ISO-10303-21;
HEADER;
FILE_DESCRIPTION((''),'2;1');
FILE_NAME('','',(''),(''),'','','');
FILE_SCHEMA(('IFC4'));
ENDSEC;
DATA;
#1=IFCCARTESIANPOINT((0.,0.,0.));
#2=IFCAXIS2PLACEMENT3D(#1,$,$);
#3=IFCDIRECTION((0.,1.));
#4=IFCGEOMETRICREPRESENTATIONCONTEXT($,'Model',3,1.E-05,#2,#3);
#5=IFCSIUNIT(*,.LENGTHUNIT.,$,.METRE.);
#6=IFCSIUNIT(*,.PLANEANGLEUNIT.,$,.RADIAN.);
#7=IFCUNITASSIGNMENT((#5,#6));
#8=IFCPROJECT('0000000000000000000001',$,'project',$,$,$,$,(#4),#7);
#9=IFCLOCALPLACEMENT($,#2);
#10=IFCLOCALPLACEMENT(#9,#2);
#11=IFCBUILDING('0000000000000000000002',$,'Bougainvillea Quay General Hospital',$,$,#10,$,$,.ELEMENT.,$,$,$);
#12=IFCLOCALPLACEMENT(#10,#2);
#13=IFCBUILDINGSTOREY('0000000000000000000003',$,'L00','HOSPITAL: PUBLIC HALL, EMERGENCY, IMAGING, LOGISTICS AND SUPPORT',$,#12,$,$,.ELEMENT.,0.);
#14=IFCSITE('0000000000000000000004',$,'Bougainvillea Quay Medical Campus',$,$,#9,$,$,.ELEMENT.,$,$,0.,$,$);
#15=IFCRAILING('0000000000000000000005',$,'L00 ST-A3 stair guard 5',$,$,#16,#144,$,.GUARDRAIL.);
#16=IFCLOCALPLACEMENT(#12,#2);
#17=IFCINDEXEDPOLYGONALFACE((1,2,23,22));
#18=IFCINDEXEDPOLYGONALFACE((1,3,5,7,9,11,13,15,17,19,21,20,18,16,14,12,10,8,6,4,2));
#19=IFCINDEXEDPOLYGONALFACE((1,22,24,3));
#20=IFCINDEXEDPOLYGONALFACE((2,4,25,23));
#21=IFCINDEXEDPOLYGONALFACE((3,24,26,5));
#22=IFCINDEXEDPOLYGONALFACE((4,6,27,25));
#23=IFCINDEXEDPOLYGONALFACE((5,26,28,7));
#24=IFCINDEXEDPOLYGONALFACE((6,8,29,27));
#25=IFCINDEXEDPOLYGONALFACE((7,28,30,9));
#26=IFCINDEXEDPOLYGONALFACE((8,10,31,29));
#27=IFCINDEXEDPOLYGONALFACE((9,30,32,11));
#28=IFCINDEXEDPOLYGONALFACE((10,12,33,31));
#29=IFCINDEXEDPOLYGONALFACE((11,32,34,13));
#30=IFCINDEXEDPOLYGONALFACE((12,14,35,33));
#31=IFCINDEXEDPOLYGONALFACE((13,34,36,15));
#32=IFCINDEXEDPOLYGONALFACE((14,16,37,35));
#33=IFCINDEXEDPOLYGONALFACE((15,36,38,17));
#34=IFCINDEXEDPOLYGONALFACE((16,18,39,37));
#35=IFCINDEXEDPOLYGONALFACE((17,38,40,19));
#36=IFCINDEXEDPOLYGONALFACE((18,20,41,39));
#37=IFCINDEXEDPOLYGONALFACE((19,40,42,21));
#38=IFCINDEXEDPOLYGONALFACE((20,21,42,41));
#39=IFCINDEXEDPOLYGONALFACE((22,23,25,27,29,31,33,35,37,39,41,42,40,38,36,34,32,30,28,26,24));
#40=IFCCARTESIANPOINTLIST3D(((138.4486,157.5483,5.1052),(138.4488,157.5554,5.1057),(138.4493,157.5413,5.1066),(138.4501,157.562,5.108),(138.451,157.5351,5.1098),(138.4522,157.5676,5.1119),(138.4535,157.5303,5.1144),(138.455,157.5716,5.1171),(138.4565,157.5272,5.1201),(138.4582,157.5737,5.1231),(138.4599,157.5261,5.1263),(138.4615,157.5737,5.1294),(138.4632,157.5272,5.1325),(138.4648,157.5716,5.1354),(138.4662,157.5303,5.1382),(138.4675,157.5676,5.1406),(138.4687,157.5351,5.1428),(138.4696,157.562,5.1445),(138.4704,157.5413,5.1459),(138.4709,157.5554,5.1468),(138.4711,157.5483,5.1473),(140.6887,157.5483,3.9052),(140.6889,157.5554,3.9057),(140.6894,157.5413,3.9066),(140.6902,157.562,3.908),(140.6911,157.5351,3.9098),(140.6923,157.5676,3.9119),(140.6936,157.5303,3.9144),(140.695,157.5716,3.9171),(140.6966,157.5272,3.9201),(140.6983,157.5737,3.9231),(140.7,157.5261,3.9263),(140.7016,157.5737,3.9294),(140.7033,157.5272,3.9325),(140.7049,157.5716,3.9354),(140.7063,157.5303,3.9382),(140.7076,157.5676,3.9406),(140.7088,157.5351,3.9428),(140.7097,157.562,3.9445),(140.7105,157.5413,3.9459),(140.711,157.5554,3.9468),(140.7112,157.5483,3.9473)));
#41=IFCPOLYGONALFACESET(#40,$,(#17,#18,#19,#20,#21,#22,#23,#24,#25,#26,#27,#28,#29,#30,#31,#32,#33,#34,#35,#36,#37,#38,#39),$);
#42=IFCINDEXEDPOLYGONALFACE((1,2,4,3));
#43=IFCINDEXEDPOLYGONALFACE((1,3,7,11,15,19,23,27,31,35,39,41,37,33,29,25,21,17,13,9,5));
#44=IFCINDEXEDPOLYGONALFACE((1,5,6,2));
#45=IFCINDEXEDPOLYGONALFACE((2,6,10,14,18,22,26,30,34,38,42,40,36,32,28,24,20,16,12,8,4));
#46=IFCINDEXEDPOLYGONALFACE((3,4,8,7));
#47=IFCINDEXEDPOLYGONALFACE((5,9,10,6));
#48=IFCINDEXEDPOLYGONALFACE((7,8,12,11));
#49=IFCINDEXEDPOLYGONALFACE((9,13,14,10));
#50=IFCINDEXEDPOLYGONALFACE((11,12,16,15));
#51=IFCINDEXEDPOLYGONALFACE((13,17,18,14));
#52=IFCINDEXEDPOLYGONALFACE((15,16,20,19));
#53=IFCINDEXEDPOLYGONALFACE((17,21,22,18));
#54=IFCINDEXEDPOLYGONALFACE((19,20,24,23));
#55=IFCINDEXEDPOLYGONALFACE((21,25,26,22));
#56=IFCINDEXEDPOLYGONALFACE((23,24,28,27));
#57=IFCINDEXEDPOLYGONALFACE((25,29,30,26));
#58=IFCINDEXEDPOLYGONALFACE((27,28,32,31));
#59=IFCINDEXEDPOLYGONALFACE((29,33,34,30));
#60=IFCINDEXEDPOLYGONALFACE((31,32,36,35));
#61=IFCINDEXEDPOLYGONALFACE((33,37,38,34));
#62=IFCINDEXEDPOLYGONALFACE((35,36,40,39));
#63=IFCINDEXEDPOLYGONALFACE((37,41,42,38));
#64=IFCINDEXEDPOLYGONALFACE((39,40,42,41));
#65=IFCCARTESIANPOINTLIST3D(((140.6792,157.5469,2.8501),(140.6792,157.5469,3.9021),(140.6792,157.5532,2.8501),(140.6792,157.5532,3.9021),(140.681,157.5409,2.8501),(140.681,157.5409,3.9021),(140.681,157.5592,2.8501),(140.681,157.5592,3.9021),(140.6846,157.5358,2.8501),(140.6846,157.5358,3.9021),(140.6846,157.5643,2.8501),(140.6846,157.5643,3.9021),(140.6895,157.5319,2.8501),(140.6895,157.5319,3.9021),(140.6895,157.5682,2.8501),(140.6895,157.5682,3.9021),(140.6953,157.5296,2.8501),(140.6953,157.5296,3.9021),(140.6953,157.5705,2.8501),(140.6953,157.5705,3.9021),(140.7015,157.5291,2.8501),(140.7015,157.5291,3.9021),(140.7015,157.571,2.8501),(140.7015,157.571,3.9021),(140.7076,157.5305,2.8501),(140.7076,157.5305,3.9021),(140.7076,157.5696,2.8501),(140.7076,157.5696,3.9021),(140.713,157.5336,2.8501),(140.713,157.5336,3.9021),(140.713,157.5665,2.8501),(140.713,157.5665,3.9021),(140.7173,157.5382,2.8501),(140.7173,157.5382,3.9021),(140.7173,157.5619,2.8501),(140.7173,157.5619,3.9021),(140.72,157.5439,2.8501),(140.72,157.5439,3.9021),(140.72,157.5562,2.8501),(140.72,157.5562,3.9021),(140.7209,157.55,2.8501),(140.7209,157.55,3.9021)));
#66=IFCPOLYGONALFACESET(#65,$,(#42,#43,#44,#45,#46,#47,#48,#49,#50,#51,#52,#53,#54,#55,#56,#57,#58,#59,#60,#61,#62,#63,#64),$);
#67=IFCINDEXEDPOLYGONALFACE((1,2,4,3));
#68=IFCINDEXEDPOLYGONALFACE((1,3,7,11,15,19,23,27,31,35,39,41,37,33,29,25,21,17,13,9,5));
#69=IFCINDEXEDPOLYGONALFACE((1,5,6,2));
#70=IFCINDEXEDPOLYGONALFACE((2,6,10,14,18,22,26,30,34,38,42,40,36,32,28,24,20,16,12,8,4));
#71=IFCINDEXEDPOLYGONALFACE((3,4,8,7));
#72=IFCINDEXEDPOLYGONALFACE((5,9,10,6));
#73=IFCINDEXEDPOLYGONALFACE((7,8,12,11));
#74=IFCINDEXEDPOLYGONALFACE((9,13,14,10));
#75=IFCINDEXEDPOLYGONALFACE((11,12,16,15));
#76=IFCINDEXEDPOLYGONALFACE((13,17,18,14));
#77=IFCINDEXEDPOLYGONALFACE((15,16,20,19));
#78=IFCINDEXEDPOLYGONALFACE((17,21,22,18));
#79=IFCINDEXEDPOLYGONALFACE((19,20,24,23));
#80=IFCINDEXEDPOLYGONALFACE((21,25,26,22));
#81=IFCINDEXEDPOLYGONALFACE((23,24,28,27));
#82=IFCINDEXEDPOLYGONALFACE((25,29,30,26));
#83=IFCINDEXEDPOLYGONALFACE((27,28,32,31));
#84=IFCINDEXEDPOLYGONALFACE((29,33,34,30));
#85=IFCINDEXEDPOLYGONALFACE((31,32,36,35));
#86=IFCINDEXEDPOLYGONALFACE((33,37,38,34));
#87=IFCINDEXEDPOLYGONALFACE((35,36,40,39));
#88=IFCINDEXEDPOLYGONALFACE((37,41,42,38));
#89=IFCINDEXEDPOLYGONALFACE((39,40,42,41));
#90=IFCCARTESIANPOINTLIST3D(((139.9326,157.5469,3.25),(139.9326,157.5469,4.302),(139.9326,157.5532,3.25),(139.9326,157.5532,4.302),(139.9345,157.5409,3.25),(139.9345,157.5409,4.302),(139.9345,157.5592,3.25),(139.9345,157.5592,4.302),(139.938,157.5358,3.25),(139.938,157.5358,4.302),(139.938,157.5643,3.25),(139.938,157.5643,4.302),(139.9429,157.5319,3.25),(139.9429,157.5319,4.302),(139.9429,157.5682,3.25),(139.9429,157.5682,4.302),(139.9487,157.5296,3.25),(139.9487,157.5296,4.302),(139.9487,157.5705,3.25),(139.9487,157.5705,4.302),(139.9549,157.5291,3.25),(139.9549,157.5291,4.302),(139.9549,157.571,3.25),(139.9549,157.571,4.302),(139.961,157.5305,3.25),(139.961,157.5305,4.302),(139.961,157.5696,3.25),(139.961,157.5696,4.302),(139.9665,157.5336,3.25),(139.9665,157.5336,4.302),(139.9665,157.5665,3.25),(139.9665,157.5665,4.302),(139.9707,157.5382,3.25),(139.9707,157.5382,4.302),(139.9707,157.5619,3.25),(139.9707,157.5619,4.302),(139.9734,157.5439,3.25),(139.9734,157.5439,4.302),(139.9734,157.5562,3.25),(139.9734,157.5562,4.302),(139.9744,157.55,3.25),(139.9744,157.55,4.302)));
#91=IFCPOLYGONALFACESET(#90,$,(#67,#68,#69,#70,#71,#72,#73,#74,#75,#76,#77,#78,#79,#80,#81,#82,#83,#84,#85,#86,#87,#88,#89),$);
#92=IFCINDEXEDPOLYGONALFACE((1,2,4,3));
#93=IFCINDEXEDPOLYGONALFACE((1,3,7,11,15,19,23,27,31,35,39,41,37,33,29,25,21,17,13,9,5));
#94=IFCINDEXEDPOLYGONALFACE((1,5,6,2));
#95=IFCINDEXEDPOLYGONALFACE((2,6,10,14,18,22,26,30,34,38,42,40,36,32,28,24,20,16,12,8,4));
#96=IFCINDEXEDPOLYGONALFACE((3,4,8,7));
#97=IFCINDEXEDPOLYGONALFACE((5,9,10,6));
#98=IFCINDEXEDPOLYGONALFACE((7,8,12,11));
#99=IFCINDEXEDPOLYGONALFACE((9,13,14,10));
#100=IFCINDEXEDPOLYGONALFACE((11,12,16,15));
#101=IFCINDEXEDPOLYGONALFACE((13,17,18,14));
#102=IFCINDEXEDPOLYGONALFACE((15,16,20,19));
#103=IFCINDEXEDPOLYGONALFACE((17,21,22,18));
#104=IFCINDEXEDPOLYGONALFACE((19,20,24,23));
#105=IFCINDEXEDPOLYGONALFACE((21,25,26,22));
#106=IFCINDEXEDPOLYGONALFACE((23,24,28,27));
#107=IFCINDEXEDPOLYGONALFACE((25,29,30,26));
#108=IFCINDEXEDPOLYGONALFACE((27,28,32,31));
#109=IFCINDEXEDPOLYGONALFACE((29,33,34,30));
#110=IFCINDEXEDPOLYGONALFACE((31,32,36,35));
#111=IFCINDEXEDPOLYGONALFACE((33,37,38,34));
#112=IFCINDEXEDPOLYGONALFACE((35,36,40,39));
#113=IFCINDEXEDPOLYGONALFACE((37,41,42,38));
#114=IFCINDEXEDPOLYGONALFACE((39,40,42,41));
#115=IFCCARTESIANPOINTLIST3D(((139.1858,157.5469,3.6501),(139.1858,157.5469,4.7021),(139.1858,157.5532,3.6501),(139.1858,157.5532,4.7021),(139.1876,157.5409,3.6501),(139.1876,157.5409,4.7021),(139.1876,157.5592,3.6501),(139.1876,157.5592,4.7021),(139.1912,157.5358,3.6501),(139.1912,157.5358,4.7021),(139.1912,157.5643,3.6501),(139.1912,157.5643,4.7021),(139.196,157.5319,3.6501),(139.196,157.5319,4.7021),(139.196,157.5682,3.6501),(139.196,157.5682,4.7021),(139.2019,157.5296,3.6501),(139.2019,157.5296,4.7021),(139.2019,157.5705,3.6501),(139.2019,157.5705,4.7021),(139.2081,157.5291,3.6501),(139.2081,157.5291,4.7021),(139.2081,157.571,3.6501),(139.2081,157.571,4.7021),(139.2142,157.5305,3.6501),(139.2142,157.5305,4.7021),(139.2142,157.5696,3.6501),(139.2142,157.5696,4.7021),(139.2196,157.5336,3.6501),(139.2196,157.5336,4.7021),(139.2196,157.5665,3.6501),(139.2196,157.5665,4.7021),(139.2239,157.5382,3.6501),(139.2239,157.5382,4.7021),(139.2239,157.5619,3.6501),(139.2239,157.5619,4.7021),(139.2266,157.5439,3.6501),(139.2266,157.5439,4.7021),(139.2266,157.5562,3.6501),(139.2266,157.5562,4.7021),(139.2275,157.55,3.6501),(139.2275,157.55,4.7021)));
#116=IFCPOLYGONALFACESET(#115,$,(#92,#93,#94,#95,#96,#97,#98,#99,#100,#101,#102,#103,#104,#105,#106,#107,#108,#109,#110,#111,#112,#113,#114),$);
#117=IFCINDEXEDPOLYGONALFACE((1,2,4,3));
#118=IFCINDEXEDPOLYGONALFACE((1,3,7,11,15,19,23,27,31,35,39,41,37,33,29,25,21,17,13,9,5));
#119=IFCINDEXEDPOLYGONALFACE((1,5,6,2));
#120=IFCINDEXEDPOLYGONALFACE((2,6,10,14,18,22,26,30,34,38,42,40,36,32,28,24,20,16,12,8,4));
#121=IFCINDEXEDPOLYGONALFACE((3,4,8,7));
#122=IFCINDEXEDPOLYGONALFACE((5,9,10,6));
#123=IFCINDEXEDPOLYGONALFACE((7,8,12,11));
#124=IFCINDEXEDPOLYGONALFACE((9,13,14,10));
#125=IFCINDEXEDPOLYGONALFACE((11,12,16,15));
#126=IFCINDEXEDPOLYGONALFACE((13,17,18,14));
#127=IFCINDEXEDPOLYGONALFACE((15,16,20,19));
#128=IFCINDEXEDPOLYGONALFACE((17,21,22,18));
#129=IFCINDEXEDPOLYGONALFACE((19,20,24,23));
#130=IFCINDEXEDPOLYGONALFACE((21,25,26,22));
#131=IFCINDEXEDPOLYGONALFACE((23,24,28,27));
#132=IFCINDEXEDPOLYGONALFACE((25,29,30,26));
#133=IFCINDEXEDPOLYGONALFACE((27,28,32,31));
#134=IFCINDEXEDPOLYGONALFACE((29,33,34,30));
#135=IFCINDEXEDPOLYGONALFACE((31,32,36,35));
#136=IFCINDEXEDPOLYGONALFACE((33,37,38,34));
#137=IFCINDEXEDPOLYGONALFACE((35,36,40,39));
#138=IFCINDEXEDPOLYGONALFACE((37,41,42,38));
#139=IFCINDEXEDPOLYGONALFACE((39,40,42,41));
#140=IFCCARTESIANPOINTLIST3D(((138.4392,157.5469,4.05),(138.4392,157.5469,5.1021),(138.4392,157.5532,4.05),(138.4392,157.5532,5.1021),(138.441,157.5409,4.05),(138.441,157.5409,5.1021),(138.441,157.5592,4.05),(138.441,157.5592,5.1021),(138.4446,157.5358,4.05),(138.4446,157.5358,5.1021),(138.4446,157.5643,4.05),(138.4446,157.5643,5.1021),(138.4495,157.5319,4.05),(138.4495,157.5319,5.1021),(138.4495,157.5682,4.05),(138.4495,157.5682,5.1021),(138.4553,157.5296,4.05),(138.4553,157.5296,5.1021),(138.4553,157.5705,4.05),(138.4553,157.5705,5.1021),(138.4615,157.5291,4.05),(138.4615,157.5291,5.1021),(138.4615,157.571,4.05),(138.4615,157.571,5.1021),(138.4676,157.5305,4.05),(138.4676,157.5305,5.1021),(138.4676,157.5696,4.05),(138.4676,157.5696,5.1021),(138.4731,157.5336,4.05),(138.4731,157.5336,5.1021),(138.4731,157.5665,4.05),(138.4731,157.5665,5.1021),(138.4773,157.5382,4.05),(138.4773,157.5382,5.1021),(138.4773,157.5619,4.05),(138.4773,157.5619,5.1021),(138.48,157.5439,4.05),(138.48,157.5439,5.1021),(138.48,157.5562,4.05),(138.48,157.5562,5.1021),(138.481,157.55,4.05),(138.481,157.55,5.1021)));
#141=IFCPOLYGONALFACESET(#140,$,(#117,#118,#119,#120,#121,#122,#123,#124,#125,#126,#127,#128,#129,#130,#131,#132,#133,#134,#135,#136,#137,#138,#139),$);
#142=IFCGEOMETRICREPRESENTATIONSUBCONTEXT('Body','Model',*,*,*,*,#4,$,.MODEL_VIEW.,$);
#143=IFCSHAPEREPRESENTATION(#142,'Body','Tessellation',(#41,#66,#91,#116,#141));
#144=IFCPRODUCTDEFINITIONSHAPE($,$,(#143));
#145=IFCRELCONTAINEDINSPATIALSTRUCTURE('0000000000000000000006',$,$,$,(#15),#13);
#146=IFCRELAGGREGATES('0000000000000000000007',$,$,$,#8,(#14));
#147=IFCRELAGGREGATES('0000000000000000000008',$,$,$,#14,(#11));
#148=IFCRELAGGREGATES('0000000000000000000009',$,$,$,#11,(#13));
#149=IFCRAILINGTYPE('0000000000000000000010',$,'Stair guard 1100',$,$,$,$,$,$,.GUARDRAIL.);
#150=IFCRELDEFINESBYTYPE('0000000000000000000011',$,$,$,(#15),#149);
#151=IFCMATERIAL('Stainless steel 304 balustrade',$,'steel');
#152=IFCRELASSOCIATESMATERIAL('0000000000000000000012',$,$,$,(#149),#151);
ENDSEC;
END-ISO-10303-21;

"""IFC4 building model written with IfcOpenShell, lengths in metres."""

from ifc_helpers import new_model, si_unit, direction, frame, origin, origin_2d, place, context, subcontext, project, spatial, circle, extrude, material, type_object, element, save


model = new_model("IFC4")

# Units and contexts
model_context = context("Model", 3, precision=1e-05, world=origin(), true_north=direction((0.0, 1.0)))
body_context = subcontext(model_context, "Body", "Model", "MODEL_VIEW")
ifc_project = project(units=[si_unit("LENGTHUNIT", "METRE"), si_unit("PLANEANGLEUNIT", "RADIAN")], contexts=[model_context])

# Site, building, storey
site_placement = place(None, origin())
site = spatial("IfcSite", under=ifc_project, at=site_placement, Name="Bougainvillea Quay Medical Campus", CompositionType="ELEMENT", RefElevation=0.0)
building_placement = place(site_placement, origin())
building = spatial("IfcBuilding", under=site, at=building_placement, Name="Bougainvillea Quay General Hospital", CompositionType="ELEMENT")
storey_placement = place(building_placement, origin())
storey = spatial("IfcBuildingStorey", under=building, at=storey_placement, Name="L00", Description="HOSPITAL: PUBLIC HALL, EMERGENCY, IMAGING, LOGISTICS AND SUPPORT", CompositionType="ELEMENT", Elevation=0.0)

# Railing
ifc_material_1 = material(Name="Stainless steel 304 balustrade", Category="steel")
railing_type_1 = type_object("IfcRailingType", Name="Stair guard 1100", PredefinedType="GUARDRAIL", material=ifc_material_1)
railing_1_placement = place(storey_placement, frame((140.7, 157.55, 2.8501)))
element("IfcRailing", 1, at=railing_1_placement, inside=storey, type_object=railing_type_1, Name="L00 ST-A3 stair guard 5", PredefinedType="GUARDRAIL", context=body_context, shape_type="SweptSolid", body=[
    extrude(circle(Radius=0.0239, at=origin_2d()), frame((0.0, 0.0, 1.0762), z_axis=(-0.881487, 0.0, 0.472208), x_axis=(0.0, -1.0, 0.0)), (0.0, 0.0, 1.0), 2.5413),
    extrude(circle(Radius=0.021, at=origin_2d()), origin(), (0.0, 0.0, 1.0), 1.052),
    extrude(circle(Radius=0.021, at=origin_2d()), frame((-0.7466, 0.0, 0.3999)), (0.0, 0.0, 1.0), 1.052),
    extrude(circle(Radius=0.021, at=origin_2d()), frame((-1.4934, 0.0, 0.8)), (0.0, 0.0, 1.0), 1.052),
    extrude(circle(Radius=0.021, at=origin_2d()), frame((-2.24, 0.0, 1.2)), (0.0, 0.0, 1.0), 1.052),
])

save(model, "model.ifc")
